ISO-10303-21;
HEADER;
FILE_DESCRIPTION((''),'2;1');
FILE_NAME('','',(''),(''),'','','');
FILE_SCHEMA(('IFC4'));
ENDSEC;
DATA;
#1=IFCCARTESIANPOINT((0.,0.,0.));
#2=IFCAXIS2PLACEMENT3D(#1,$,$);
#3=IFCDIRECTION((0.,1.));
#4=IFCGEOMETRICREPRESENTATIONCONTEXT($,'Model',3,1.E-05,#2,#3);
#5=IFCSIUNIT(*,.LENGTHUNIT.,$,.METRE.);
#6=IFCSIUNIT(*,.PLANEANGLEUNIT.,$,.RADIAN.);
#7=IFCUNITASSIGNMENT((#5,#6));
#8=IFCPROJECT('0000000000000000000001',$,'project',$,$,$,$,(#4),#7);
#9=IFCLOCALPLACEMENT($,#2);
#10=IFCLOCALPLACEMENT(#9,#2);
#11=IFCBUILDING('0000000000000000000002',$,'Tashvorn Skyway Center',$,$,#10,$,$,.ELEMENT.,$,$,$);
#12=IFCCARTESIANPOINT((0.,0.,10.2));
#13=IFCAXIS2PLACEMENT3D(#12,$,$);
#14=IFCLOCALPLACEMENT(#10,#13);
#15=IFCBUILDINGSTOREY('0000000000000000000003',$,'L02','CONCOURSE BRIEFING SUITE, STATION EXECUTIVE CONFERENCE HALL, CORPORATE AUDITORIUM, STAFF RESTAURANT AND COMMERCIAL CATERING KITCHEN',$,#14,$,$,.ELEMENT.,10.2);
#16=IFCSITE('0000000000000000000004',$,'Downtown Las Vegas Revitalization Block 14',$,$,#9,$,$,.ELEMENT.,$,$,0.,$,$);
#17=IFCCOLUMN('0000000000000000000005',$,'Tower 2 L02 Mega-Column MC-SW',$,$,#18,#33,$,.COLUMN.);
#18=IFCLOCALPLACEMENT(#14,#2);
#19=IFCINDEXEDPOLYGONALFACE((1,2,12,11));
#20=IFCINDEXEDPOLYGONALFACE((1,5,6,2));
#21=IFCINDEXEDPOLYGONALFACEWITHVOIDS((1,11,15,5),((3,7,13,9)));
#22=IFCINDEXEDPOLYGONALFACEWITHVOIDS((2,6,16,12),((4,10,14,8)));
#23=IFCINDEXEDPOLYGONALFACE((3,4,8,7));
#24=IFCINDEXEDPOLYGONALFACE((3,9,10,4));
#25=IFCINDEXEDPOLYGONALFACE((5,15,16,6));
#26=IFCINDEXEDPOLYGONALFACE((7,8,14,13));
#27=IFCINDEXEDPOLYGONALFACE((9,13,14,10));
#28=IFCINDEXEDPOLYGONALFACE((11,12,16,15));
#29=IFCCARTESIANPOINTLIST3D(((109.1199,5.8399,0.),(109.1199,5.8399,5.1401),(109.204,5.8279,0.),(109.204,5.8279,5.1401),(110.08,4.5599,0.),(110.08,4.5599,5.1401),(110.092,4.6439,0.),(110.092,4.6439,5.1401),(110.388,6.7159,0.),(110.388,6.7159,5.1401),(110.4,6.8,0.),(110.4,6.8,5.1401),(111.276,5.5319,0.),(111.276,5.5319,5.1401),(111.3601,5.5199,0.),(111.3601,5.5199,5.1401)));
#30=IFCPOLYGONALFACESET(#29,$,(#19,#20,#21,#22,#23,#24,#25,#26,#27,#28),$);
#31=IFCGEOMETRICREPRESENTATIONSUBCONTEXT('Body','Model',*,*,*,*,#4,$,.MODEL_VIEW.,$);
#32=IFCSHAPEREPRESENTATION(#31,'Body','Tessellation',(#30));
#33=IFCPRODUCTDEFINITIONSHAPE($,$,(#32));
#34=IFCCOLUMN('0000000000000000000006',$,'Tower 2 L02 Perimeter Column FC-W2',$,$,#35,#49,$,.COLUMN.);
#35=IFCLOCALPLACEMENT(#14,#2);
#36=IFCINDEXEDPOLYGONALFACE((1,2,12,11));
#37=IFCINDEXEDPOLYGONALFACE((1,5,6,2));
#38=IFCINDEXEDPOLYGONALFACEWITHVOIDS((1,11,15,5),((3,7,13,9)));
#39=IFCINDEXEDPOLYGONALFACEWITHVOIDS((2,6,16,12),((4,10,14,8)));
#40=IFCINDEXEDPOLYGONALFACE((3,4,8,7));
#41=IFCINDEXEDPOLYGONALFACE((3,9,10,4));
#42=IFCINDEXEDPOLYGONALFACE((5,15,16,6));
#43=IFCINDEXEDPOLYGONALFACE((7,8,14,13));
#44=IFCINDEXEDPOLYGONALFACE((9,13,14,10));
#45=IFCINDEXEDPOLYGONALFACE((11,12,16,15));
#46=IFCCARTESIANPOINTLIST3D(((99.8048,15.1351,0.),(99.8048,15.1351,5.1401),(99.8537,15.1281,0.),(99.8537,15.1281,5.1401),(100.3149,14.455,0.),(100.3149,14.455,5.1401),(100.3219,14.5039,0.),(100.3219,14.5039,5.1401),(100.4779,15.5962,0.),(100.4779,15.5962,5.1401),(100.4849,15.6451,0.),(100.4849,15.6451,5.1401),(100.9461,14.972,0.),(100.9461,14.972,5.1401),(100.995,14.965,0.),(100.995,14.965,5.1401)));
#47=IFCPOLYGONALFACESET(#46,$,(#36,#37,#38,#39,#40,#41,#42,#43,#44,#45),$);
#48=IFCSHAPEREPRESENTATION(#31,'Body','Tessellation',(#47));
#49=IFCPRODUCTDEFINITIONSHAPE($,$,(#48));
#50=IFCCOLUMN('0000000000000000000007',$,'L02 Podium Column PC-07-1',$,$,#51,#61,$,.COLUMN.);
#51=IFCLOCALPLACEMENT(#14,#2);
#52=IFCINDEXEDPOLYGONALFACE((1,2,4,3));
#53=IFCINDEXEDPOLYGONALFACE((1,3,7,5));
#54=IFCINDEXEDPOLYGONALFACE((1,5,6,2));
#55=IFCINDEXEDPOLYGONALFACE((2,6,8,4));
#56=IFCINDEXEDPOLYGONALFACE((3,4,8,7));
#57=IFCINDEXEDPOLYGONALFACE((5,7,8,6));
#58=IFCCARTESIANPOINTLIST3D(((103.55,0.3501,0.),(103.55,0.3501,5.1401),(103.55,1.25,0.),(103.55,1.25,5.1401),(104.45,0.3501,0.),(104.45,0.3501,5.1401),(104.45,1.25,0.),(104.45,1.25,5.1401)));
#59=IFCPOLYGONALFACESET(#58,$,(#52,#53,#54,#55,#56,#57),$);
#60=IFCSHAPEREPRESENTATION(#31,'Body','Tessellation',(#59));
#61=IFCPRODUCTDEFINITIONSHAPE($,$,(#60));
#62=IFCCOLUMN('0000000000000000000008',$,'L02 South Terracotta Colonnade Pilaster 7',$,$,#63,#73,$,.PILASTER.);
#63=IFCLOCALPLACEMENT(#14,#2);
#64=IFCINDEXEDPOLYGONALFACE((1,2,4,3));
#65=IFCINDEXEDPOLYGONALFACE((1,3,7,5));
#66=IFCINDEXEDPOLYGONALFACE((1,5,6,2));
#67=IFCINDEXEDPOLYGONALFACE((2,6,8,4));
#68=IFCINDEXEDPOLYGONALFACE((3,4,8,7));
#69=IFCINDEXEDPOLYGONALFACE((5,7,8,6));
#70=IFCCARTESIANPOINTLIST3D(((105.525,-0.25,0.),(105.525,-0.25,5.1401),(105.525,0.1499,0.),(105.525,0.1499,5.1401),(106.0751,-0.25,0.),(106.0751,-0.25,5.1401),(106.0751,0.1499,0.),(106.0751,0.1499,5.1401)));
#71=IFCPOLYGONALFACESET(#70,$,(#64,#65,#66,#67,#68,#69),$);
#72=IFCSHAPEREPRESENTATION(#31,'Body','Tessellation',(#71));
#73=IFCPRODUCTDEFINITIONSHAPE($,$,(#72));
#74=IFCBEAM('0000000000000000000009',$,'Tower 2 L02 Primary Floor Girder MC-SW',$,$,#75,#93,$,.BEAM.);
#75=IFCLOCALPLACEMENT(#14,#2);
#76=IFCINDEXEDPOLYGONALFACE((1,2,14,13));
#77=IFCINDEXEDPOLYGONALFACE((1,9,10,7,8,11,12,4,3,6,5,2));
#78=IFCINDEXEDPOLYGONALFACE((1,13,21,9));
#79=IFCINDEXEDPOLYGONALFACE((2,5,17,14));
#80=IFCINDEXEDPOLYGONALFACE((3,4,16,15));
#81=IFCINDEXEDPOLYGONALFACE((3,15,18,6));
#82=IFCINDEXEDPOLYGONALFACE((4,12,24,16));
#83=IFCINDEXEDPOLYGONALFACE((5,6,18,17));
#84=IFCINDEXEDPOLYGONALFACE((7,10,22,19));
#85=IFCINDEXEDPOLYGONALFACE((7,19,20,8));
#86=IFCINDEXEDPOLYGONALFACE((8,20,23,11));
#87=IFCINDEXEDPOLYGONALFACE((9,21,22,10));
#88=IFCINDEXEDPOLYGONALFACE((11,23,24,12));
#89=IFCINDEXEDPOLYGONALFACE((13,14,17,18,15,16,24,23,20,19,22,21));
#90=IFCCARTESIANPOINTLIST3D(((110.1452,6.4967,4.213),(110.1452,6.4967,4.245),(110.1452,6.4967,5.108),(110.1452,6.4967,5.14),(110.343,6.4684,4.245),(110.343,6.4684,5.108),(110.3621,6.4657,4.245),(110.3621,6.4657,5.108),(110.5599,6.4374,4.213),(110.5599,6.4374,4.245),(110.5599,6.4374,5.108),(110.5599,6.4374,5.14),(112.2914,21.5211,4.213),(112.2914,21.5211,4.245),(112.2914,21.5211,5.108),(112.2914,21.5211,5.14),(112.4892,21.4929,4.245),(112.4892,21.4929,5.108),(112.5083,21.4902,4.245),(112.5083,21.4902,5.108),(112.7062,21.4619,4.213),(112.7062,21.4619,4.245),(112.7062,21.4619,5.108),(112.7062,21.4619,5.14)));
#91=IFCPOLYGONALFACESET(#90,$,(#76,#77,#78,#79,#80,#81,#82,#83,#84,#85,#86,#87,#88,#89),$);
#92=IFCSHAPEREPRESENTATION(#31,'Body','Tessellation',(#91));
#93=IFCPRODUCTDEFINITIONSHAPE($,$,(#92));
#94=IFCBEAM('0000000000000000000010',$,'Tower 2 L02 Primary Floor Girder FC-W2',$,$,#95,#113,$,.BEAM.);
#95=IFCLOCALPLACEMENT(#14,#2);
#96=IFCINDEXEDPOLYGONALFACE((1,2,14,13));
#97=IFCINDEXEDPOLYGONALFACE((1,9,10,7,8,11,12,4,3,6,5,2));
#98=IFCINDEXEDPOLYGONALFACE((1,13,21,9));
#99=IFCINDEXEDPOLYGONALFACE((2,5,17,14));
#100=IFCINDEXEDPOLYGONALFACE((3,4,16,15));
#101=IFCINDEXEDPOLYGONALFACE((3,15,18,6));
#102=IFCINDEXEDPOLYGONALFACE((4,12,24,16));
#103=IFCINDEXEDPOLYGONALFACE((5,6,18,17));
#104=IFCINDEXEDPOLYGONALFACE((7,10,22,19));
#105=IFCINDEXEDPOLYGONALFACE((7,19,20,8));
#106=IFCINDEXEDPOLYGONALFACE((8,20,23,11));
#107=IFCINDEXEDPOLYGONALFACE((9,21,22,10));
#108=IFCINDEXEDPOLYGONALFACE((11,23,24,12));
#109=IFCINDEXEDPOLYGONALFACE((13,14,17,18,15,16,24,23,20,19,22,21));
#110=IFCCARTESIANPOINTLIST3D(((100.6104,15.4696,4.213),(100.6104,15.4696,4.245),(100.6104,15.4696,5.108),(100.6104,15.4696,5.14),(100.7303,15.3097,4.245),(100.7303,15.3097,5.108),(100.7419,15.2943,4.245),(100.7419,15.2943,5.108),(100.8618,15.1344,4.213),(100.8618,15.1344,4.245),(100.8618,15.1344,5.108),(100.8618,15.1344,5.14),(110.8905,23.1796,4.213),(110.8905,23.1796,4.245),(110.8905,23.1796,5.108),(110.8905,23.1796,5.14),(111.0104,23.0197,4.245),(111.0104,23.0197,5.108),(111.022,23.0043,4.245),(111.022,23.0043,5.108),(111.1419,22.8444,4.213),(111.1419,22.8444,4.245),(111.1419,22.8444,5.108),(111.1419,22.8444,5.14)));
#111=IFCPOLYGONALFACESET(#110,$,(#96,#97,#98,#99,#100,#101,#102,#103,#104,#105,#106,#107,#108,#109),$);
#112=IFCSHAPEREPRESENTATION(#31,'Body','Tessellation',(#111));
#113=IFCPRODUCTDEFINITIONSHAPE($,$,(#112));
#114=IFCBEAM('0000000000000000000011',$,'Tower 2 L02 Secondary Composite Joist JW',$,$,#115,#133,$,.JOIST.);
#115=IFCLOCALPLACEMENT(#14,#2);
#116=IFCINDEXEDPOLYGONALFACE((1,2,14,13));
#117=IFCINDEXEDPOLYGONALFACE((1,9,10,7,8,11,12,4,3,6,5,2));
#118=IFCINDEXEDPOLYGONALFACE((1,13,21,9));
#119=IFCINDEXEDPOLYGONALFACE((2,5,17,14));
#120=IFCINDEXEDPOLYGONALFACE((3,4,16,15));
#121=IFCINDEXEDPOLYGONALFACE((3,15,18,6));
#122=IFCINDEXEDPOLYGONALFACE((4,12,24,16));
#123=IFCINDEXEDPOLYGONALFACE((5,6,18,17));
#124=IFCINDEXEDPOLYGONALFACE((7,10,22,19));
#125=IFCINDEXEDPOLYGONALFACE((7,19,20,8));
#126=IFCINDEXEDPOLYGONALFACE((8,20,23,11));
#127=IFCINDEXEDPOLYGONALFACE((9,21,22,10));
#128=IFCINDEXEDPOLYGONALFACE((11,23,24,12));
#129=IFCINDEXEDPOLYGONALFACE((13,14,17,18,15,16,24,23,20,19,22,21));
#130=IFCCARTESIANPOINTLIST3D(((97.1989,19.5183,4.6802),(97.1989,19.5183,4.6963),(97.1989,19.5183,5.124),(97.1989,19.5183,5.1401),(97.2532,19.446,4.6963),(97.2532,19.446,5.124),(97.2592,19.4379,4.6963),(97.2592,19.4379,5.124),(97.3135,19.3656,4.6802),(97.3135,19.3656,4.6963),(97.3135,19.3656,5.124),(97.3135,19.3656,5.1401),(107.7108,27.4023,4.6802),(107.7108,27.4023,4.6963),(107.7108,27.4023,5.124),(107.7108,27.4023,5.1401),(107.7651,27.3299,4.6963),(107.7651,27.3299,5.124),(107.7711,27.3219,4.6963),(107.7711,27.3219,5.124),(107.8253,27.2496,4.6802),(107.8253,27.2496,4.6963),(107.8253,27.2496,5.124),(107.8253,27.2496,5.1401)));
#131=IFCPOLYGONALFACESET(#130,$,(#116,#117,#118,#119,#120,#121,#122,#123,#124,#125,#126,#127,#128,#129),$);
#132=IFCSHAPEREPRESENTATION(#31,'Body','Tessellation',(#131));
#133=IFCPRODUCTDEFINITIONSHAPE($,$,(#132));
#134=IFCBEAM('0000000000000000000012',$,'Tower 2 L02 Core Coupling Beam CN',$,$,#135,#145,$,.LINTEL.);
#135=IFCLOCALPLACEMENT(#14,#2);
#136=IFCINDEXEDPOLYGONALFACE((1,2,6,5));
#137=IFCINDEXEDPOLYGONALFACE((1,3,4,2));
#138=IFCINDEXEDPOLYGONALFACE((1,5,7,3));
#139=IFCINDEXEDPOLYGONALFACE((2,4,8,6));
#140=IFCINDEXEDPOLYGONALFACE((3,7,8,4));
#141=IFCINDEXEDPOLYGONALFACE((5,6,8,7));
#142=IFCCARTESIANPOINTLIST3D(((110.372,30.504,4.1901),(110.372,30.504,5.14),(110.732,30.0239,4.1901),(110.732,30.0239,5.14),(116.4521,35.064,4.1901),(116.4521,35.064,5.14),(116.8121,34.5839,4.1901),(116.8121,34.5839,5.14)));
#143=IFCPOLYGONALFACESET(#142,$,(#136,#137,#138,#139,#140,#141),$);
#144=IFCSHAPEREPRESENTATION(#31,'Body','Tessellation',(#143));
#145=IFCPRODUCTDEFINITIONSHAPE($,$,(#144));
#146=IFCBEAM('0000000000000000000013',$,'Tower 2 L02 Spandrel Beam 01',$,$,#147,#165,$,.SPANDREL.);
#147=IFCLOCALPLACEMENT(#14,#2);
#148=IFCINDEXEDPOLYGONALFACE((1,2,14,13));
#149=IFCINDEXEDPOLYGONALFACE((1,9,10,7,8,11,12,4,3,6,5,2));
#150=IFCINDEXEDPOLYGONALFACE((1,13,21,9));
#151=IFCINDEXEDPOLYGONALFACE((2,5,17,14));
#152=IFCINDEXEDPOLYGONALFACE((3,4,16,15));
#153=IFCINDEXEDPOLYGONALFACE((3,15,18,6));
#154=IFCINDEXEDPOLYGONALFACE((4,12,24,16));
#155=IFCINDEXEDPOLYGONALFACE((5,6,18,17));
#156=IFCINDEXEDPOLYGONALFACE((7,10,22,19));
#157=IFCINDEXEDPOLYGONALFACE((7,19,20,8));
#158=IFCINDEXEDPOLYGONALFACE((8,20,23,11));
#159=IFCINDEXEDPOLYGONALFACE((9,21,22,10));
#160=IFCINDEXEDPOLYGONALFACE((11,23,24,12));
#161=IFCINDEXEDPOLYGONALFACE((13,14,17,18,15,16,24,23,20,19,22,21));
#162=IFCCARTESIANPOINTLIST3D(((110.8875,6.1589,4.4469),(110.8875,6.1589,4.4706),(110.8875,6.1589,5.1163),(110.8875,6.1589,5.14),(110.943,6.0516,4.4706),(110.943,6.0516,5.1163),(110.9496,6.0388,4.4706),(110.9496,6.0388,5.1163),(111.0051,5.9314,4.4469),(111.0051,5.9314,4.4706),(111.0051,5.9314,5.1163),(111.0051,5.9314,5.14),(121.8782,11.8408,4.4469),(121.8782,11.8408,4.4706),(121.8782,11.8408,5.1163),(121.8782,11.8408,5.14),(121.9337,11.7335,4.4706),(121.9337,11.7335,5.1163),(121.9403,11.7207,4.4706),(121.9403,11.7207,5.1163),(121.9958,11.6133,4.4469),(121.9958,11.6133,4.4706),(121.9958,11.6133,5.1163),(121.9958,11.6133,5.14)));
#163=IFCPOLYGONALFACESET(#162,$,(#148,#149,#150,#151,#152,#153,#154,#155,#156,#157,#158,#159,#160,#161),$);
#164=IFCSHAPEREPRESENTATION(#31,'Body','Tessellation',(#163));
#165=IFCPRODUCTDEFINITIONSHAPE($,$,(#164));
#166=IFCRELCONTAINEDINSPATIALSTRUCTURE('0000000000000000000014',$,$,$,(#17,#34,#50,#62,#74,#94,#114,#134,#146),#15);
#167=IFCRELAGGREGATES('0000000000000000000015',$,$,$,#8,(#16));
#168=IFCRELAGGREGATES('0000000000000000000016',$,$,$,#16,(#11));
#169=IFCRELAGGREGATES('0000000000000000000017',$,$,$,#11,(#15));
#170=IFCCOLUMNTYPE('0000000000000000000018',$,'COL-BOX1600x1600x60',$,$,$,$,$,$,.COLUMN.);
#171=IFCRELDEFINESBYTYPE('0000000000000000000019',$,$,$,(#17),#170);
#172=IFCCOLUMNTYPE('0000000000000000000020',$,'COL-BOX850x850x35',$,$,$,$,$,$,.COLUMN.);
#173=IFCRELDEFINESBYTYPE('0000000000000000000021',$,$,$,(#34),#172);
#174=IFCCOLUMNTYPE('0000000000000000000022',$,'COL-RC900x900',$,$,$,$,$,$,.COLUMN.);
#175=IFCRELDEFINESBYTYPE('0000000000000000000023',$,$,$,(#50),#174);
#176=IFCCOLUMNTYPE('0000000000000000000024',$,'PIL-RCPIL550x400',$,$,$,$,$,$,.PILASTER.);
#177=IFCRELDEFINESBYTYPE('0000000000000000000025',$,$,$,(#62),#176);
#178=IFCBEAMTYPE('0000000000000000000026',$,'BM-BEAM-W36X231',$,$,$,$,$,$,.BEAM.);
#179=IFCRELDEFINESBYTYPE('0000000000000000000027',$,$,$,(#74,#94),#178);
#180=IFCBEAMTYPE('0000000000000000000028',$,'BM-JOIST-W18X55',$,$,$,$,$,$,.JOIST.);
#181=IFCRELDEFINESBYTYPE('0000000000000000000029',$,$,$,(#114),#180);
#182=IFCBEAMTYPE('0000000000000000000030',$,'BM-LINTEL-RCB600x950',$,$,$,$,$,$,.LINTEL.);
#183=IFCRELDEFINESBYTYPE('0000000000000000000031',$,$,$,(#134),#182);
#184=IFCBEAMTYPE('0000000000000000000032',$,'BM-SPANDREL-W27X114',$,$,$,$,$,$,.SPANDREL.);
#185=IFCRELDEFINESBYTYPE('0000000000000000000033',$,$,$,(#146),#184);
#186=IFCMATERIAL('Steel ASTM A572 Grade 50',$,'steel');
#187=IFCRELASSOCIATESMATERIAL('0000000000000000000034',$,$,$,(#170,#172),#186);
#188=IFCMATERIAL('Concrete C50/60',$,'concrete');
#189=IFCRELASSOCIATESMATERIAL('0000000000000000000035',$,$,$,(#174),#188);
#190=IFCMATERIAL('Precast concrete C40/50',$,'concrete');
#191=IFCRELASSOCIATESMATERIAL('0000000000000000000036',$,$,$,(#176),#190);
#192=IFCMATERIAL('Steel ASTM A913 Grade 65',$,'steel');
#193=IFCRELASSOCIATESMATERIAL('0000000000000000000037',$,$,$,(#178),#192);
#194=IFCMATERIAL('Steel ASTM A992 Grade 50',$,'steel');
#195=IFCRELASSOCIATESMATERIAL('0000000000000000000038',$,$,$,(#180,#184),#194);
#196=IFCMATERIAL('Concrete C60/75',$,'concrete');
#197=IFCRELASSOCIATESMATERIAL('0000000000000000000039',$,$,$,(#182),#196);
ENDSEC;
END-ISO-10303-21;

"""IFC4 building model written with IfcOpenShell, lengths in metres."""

from ifc_helpers import new_model, si_unit, direction, frame, origin, origin_2d, place, context, subcontext, project, spatial, rectangle, hollow_rectangle, i_section, extrude, material, material_profile, profile_set, type_object, element, save


model = new_model("IFC4")

# Units and contexts
model_context = context("Model", 3, precision=1e-05, world=origin(), true_north=direction((0.0, 1.0)))
body_context = subcontext(model_context, "Body", "Model", "MODEL_VIEW")
ifc_project = project(units=[si_unit("LENGTHUNIT", "METRE"), si_unit("PLANEANGLEUNIT", "RADIAN")], contexts=[model_context])

# Site, building, storey
site_placement = place(None, origin())
site = spatial("IfcSite", under=ifc_project, at=site_placement, Name="Downtown Las Vegas Revitalization Block 14", CompositionType="ELEMENT", RefElevation=0.0)
building_placement = place(site_placement, origin())
building = spatial("IfcBuilding", under=site, at=building_placement, Name="Tashvorn Skyway Center", CompositionType="ELEMENT")
storey_placement = place(building_placement, frame((0.0, 0.0, 10.2)))
storey = spatial("IfcBuildingStorey", under=building, at=storey_placement, Name="L02", Description="CONCOURSE BRIEFING SUITE, STATION EXECUTIVE CONFERENCE HALL, CORPORATE AUDITORIUM, STAFF RESTAURANT AND COMMERCIAL CATERING KITCHEN", CompositionType="ELEMENT", Elevation=10.2)

# Columns
ifc_material_1 = material(Name="Steel ASTM A572 Grade 50", Category="steel")
ifc_material_profile_1 = material_profile(ifc_material_1, hollow_rectangle(XDim=1.6001, YDim=1.6001, WallThickness=0.0601, at=origin_2d()), Name="BOX1600x1600x60")
ifc_profile_set_1 = profile_set([ifc_material_profile_1], Name="Steel ASTM A572 Grade 50")
column_type_1 = type_object("IfcColumnType", Name="COL-BOX1600x1600x60", PredefinedType="COLUMN", material=ifc_profile_set_1)
column_1_placement = place(storey_placement, frame((110.24, 5.6799, 0.0), z_axis=(0.0, 0.0, 1.0), x_axis=(0.8, 0.6, 0.0)))
element("IfcColumn", 1, at=column_1_placement, inside=storey, type_object=column_type_1, Name="Tower 2 L02 Mega-Column MC-SW", PredefinedType="COLUMN", context=body_context, shape_type="SweptSolid", body=[
    extrude(hollow_rectangle(XDim=1.6001, YDim=1.6001, WallThickness=0.0601, at=origin_2d()), origin(), (0.0, 0.0, 1.0), 5.1401),
])
ifc_material_profile_2 = material_profile(ifc_material_1, hollow_rectangle(XDim=0.8501, YDim=0.8501, WallThickness=0.0349, at=origin_2d()), Name="BOX850x850x35")
ifc_profile_set_2 = profile_set([ifc_material_profile_2], Name="Steel ASTM A572 Grade 50")
column_type_2 = type_object("IfcColumnType", Name="COL-BOX850x850x35", PredefinedType="COLUMN", material=ifc_profile_set_2)
column_2_placement = place(storey_placement, frame((100.3999, 15.05, 0.0), z_axis=(0.0, 0.0, 1.0), x_axis=(0.8, 0.6, 0.0)))
element("IfcColumn", 2, at=column_2_placement, inside=storey, type_object=column_type_2, Name="Tower 2 L02 Perimeter Column FC-W2", PredefinedType="COLUMN", context=body_context, shape_type="SweptSolid", body=[
    extrude(hollow_rectangle(XDim=0.8501, YDim=0.8501, WallThickness=0.0349, at=origin_2d()), origin(), (0.0, 0.0, 1.0), 5.1401),
])
ifc_material_2 = material(Name="Concrete C50/60", Category="concrete")
ifc_material_profile_3 = material_profile(ifc_material_2, rectangle(XDim=0.8999, YDim=0.8999, at=origin_2d()), Name="RC900x900")
ifc_profile_set_3 = profile_set([ifc_material_profile_3], Name="Concrete C50/60")
column_type_3 = type_object("IfcColumnType", Name="COL-RC900x900", PredefinedType="COLUMN", material=ifc_profile_set_3)
column_3_placement = place(storey_placement, frame((104.0, 0.8, 0.0), z_axis=(0.0, 0.0, 1.0), x_axis=(1.0, 0.0, 0.0)))
element("IfcColumn", 3, at=column_3_placement, inside=storey, type_object=column_type_3, Name="L02 Podium Column PC-07-1", PredefinedType="COLUMN", context=body_context, shape_type="SweptSolid", body=[
    extrude(rectangle(XDim=0.8999, YDim=0.8999, at=origin_2d()), origin(), (0.0, 0.0, 1.0), 5.1401),
])
ifc_material_3 = material(Name="Precast concrete C40/50", Category="concrete")
ifc_material_profile_4 = material_profile(ifc_material_3, rectangle(XDim=0.55, YDim=0.3999, at=origin_2d()), Name="RCPIL550x400")
ifc_profile_set_4 = profile_set([ifc_material_profile_4], Name="Precast concrete C40/50")
column_type_4 = type_object("IfcColumnType", Name="PIL-RCPIL550x400", PredefinedType="PILASTER", material=ifc_profile_set_4)
column_4_placement = place(storey_placement, frame((105.8, -0.05, 0.0), z_axis=(0.0, 0.0, 1.0), x_axis=(1.0, 0.0, 0.0)))
element("IfcColumn", 4, at=column_4_placement, inside=storey, type_object=column_type_4, Name="L02 South Terracotta Colonnade Pilaster 7", PredefinedType="PILASTER", context=body_context, shape_type="SweptSolid", body=[
    extrude(rectangle(XDim=0.55, YDim=0.3999, at=origin_2d()), origin(), (0.0, 0.0, 1.0), 5.1401),
])

# Beams
ifc_material_4 = material(Name="Steel ASTM A913 Grade 65", Category="steel")
ifc_material_profile_5 = material_profile(ifc_material_4, i_section(OverallWidth=0.4189, OverallDepth=0.927, WebThickness=0.0193, FlangeThickness=0.032, at=origin_2d()), Name="W36X231")
ifc_profile_set_5 = profile_set([ifc_material_profile_5], Name="Steel ASTM A913 Grade 65")
beam_type_1 = type_object("IfcBeamType", Name="BM-BEAM-W36X231", PredefinedType="BEAM", material=ifc_profile_set_5)
beam_1_placement = place(storey_placement, frame((110.3525, 6.467, 4.6765), z_axis=(0.141415, 0.98995, 0.0), x_axis=(-0.98995, 0.141415, 0.0)))
element("IfcBeam", 5, at=beam_1_placement, inside=storey, type_object=beam_type_1, Name="Tower 2 L02 Primary Floor Girder MC-SW", PredefinedType="BEAM", context=body_context, shape_type="SweptSolid", body=[
    extrude(i_section(OverallWidth=0.4189, OverallDepth=0.927, WebThickness=0.0193, FlangeThickness=0.032, at=origin_2d()), origin(), (0.0, 0.0, 1.0), 15.177),
])
beam_2_placement = place(storey_placement, frame((100.7361, 15.302, 4.6765), z_axis=(0.800002, 0.599997, 0.0), x_axis=(-0.599997, 0.800002, 0.0)))
element("IfcBeam", 6, at=beam_2_placement, inside=storey, type_object=beam_type_1, Name="Tower 2 L02 Primary Floor Girder FC-W2", PredefinedType="BEAM", context=body_context, shape_type="SweptSolid", body=[
    extrude(i_section(OverallWidth=0.4189, OverallDepth=0.927, WebThickness=0.0193, FlangeThickness=0.032, at=origin_2d()), origin(), (0.0, 0.0, 1.0), 12.8501),
])
ifc_material_5 = material(Name="Steel ASTM A992 Grade 50", Category="steel")
ifc_material_profile_6 = material_profile(ifc_material_5, i_section(OverallWidth=0.1909, OverallDepth=0.46, WebThickness=0.01, FlangeThickness=0.0161, at=origin_2d()), Name="W18X55")
ifc_profile_set_6 = profile_set([ifc_material_profile_6], Name="Steel ASTM A992 Grade 50")
beam_type_2 = type_object("IfcBeamType", Name="BM-JOIST-W18X55", PredefinedType="JOIST", material=ifc_profile_set_6)
beam_3_placement = place(storey_placement, frame((107.7681, 27.3259, 4.9102), z_axis=(-0.799998, -0.600003, 0.0), x_axis=(0.600003, -0.799998, 0.0)))
element("IfcBeam", 7, at=beam_3_placement, inside=storey, type_object=beam_type_2, Name="Tower 2 L02 Secondary Composite Joist JW", PredefinedType="JOIST", context=body_context, shape_type="SweptSolid", body=[
    extrude(i_section(OverallWidth=0.1909, OverallDepth=0.46, WebThickness=0.01, FlangeThickness=0.0161, at=origin_2d()), origin(), (0.0, 0.0, 1.0), 13.1399),
])
ifc_material_6 = material(Name="Concrete C60/75", Category="concrete")
ifc_material_profile_7 = material_profile(ifc_material_6, rectangle(XDim=0.6001, YDim=0.95, at=origin_2d()), Name="RCB600x950")
ifc_profile_set_7 = profile_set([ifc_material_profile_7], Name="Concrete C60/75")
beam_type_3 = type_object("IfcBeamType", Name="BM-LINTEL-RCB600x950", PredefinedType="LINTEL", material=ifc_profile_set_7)
beam_4_placement = place(storey_placement, frame((110.552, 30.2639, 4.665), z_axis=(0.8, 0.6, 0.0), x_axis=(-0.6, 0.8, 0.0)))
element("IfcBeam", 8, at=beam_4_placement, inside=storey, type_object=beam_type_3, Name="Tower 2 L02 Core Coupling Beam CN", PredefinedType="LINTEL", context=body_context, shape_type="SweptSolid", body=[
    extrude(rectangle(XDim=0.6001, YDim=0.95, at=origin_2d()), origin(), (0.0, 0.0, 1.0), 7.6001),
])
ifc_material_profile_8 = material_profile(ifc_material_5, i_section(OverallWidth=0.2561, OverallDepth=0.6931, WebThickness=0.0144, FlangeThickness=0.0237, at=origin_2d()), Name="W27X114")
ifc_profile_set_8 = profile_set([ifc_material_profile_8], Name="Steel ASTM A992 Grade 50")
beam_type_4 = type_object("IfcBeamType", Name="BM-SPANDREL-W27X114", PredefinedType="SPANDREL", material=ifc_profile_set_8)
for number, where, z_axis, x_axis, name in (
    (9, (110.9463, 6.0452, 4.7935), (0.888316, 0.459233, 0.0), (-0.459233, 0.888316, 0.0), "Tower 2 L02 Spandrel Beam 01"),
):
    element("IfcBeam", number, at=place(storey_placement, frame(where, z_axis=z_axis, x_axis=x_axis)), inside=storey, type_object=beam_type_4, Name=name, PredefinedType="SPANDREL", context=body_context, shape_type="SweptSolid", body=[
        extrude(i_section(OverallWidth=0.2561, OverallDepth=0.6931, WebThickness=0.0144, FlangeThickness=0.0237, at=origin_2d()), origin(), (0.0, 0.0, 1.0), 12.3726),
    ])

save(model, "model.ifc")
